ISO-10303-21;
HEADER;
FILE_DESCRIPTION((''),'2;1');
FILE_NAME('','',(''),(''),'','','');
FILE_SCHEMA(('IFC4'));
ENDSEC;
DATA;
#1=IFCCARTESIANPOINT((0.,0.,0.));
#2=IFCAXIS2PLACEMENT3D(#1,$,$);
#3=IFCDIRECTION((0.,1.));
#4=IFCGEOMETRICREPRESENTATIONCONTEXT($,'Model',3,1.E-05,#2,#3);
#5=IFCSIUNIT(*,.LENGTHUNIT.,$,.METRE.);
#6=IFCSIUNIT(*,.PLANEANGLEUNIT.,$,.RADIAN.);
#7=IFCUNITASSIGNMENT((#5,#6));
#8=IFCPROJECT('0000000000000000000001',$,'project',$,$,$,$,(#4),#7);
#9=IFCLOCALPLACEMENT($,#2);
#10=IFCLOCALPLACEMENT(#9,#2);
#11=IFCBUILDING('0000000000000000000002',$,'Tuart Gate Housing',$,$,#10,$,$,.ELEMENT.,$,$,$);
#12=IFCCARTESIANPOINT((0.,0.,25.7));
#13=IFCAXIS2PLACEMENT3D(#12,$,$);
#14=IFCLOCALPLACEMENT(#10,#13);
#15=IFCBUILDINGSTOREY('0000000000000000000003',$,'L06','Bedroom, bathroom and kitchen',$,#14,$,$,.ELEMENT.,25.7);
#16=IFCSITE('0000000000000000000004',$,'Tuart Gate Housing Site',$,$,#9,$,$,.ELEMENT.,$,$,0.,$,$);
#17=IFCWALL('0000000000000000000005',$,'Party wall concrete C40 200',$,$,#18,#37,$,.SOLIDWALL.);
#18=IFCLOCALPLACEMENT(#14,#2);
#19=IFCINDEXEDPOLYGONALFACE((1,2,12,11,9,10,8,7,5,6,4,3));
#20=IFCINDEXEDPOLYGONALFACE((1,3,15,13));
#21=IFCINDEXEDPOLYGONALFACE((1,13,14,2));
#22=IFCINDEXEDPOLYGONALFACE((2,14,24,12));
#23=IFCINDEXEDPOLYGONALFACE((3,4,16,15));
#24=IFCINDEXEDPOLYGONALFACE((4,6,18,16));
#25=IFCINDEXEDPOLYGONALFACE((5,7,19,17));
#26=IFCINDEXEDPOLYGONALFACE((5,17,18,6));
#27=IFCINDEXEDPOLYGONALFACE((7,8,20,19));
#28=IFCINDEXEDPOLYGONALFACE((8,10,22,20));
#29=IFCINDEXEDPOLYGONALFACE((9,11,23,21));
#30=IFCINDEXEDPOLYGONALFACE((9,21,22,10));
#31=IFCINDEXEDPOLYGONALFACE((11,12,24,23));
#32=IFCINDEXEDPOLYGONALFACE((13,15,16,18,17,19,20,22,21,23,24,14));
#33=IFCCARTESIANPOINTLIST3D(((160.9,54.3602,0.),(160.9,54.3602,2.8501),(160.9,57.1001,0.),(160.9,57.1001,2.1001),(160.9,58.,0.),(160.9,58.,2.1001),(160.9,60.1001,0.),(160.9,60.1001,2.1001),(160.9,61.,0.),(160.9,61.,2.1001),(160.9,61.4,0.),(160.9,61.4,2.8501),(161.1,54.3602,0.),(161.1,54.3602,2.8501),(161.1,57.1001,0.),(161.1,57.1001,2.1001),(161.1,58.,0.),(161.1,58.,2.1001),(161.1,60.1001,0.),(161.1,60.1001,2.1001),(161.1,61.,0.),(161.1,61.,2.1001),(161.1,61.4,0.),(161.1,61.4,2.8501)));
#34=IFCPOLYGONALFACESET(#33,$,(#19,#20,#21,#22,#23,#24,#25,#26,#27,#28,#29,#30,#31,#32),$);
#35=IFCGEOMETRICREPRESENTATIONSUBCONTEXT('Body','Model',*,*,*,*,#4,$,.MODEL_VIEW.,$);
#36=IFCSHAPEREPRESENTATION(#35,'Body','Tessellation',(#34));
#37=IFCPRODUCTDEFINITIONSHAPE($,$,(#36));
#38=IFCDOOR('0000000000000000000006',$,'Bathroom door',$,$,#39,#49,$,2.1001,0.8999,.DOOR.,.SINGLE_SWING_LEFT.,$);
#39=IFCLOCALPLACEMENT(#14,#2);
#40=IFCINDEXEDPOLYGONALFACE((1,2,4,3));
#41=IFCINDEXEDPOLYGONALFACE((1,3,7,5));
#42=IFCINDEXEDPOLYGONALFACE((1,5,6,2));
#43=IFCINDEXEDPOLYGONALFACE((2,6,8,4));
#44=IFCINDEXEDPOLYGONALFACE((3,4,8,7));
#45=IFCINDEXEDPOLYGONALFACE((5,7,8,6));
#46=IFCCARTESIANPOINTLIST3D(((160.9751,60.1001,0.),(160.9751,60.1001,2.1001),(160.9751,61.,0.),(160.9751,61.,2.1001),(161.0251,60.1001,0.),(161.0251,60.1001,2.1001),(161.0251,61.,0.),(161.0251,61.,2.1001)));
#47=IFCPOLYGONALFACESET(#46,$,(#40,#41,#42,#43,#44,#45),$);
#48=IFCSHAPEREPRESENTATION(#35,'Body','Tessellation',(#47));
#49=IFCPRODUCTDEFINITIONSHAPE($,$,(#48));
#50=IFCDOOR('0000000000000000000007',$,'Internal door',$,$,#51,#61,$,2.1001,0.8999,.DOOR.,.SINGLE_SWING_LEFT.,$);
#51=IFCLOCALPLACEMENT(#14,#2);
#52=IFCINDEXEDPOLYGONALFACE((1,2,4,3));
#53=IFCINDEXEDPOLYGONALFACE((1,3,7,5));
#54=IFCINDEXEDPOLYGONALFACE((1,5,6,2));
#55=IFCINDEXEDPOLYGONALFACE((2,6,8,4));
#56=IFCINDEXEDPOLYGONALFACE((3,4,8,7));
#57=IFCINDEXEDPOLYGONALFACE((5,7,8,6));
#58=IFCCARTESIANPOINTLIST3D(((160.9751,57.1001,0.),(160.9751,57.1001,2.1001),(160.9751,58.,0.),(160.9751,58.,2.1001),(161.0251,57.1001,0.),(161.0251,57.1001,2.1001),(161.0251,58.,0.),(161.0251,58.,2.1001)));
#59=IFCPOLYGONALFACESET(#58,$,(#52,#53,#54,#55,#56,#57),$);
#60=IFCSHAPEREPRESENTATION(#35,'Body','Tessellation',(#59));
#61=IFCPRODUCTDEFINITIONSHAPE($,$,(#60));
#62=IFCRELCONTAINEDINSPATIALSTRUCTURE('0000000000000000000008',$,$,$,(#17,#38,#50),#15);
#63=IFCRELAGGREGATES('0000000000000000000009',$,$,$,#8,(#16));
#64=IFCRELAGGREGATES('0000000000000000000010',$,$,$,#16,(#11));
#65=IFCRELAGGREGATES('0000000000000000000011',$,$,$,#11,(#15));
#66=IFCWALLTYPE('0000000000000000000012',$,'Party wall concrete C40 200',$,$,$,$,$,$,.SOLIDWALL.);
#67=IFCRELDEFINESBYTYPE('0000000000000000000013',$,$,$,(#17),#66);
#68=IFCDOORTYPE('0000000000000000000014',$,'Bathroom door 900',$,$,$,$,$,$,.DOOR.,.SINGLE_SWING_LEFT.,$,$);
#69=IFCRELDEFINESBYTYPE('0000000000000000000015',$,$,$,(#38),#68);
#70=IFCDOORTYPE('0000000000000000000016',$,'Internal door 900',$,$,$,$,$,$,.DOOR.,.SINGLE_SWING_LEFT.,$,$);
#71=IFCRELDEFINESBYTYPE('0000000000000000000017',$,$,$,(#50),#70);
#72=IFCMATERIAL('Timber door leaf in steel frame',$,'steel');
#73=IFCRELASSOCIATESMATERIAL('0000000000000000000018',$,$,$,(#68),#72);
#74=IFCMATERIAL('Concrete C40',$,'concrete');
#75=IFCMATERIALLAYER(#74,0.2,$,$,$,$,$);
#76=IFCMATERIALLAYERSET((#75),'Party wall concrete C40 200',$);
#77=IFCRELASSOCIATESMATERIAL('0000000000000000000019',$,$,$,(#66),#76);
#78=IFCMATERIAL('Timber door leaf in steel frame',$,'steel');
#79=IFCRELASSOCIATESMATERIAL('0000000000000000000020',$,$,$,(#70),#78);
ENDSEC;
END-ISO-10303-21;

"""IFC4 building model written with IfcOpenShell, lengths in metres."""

from ifc_helpers import new_model, si_unit, direction, frame, frame_2d, origin, place, context, subcontext, project, spatial, rectangle, extrude, material, layer, layer_set, type_object, element, fill, save


model = new_model("IFC4")

# Units and contexts
model_context = context("Model", 3, precision=1e-05, world=origin(), true_north=direction((0.0, 1.0)))
body_context = subcontext(model_context, "Body", "Model", "MODEL_VIEW")
ifc_project = project(units=[si_unit("LENGTHUNIT", "METRE"), si_unit("PLANEANGLEUNIT", "RADIAN")], contexts=[model_context])

# Site, building, storey
site_placement = place(None, origin())
site = spatial("IfcSite", under=ifc_project, at=site_placement, Name="Tuart Gate Housing Site", CompositionType="ELEMENT", RefElevation=0.0)
building_placement = place(site_placement, origin())
building = spatial("IfcBuilding", under=site, at=building_placement, Name="Tuart Gate Housing", CompositionType="ELEMENT")
storey_placement = place(building_placement, frame((0.0, 0.0, 25.7)))
storey = spatial("IfcBuildingStorey", under=building, at=storey_placement, Name="L06", Description="Bedroom, bathroom and kitchen", CompositionType="ELEMENT", Elevation=25.7)

# Shared definitions
ifc_material_1 = material(Name="Timber door leaf in steel frame", Category="steel")
door_type_1 = type_object("IfcDoorType", Name="Bathroom door 900", OperationType="SINGLE_SWING_LEFT", PredefinedType="DOOR", material=ifc_material_1)

# Shared definitions
ifc_material_2 = material(Name="Concrete C40", Category="concrete")
ifc_layer_1 = layer(ifc_material_2, 0.2)
ifc_layer_set_1 = layer_set([ifc_layer_1], Name="Party wall concrete C40 200")
wall_type_1 = type_object("IfcWallType", Name="Party wall concrete C40 200", PredefinedType="SOLIDWALL", material=ifc_layer_set_1)

# Wall, openings, doors
wall_1_placement = place(storey_placement, frame((161.0, 54.3601, 0.0), z_axis=(0.0, 0.0, 1.0), x_axis=(0.0, 1.0, 0.0)))
wall_1 = element("IfcWall", 1, at=wall_1_placement, inside=storey, type_object=wall_type_1, Name="Party wall concrete C40 200", PredefinedType="SOLIDWALL", context=body_context, shape_type="SweptSolid", body=[
    extrude(rectangle(XDim=7.0398, YDim=0.2, at=frame_2d((3.52, 0.0))), origin(), (0.0, 0.0, 1.0), 2.8501),
])
opening_1_placement = place(wall_1_placement, frame((2.74, 0.0, 0.0)))
opening_1 = element("IfcOpeningElement", 2, at=opening_1_placement, cuts=wall_1, PredefinedType="OPENING", context=body_context, shape_type="SweptSolid", body=[
    extrude(rectangle(XDim=0.8999, YDim=2.1001, at=frame_2d((0.45, 1.05))), frame((0.0, 0.1099, 0.0), z_axis=(0.0, -1.0, 0.0), x_axis=(1.0, 0.0, 0.0)), (0.0, 0.0, 1.0), 0.22),
])
opening_2_placement = place(wall_1_placement, frame((5.74, 0.0, 0.0)))
opening_2 = element("IfcOpeningElement", 3, at=opening_2_placement, cuts=wall_1, PredefinedType="OPENING", context=body_context, shape_type="SweptSolid", body=[
    extrude(rectangle(XDim=0.8999, YDim=2.1001, at=frame_2d((0.45, 1.05))), frame((0.0, 0.1099, 0.0), z_axis=(0.0, -1.0, 0.0), x_axis=(1.0, 0.0, 0.0)), (0.0, 0.0, 1.0), 0.22),
])
door_1_placement = place(opening_2_placement, frame((0.8999, 0.0, 0.0), z_axis=(0.0, 0.0, 1.0), x_axis=(-1.0, 0.0, 0.0)))
door_1 = element("IfcDoor", 4, at=door_1_placement, inside=storey, type_object=door_type_1, Name="Bathroom door", OperationType="SINGLE_SWING_LEFT", OverallHeight=2.1001, OverallWidth=0.8999, PredefinedType="DOOR", context=body_context, shape_type="SweptSolid", body=[
    extrude(rectangle(XDim=0.8999, YDim=2.1001, at=frame_2d((0.45, 1.05))), frame((0.0, 0.0251, 0.0), z_axis=(0.0, -1.0, 0.0), x_axis=(1.0, 0.0, 0.0)), (0.0, 0.0, 1.0), 0.05),
])
fill(opening_2, door_1)
ifc_material_3 = material(Name="Timber door leaf in steel frame", Category="steel")
door_type_2 = type_object("IfcDoorType", Name="Internal door 900", OperationType="SINGLE_SWING_LEFT", PredefinedType="DOOR", material=ifc_material_3)
door_2_placement = place(opening_1_placement, frame((0.8999, 0.0, 0.0), z_axis=(0.0, 0.0, 1.0), x_axis=(-1.0, 0.0, 0.0)))
door_2 = element("IfcDoor", 5, at=door_2_placement, inside=storey, type_object=door_type_2, Name="Internal door", OperationType="SINGLE_SWING_LEFT", OverallHeight=2.1001, OverallWidth=0.8999, PredefinedType="DOOR", context=body_context, shape_type="SweptSolid", body=[
    extrude(rectangle(XDim=0.8999, YDim=2.1001, at=frame_2d((0.45, 1.05))), frame((0.0, 0.0251, 0.0), z_axis=(0.0, -1.0, 0.0), x_axis=(1.0, 0.0, 0.0)), (0.0, 0.0, 1.0), 0.05),
])
fill(opening_1, door_2)

save(model, "model.ifc")
